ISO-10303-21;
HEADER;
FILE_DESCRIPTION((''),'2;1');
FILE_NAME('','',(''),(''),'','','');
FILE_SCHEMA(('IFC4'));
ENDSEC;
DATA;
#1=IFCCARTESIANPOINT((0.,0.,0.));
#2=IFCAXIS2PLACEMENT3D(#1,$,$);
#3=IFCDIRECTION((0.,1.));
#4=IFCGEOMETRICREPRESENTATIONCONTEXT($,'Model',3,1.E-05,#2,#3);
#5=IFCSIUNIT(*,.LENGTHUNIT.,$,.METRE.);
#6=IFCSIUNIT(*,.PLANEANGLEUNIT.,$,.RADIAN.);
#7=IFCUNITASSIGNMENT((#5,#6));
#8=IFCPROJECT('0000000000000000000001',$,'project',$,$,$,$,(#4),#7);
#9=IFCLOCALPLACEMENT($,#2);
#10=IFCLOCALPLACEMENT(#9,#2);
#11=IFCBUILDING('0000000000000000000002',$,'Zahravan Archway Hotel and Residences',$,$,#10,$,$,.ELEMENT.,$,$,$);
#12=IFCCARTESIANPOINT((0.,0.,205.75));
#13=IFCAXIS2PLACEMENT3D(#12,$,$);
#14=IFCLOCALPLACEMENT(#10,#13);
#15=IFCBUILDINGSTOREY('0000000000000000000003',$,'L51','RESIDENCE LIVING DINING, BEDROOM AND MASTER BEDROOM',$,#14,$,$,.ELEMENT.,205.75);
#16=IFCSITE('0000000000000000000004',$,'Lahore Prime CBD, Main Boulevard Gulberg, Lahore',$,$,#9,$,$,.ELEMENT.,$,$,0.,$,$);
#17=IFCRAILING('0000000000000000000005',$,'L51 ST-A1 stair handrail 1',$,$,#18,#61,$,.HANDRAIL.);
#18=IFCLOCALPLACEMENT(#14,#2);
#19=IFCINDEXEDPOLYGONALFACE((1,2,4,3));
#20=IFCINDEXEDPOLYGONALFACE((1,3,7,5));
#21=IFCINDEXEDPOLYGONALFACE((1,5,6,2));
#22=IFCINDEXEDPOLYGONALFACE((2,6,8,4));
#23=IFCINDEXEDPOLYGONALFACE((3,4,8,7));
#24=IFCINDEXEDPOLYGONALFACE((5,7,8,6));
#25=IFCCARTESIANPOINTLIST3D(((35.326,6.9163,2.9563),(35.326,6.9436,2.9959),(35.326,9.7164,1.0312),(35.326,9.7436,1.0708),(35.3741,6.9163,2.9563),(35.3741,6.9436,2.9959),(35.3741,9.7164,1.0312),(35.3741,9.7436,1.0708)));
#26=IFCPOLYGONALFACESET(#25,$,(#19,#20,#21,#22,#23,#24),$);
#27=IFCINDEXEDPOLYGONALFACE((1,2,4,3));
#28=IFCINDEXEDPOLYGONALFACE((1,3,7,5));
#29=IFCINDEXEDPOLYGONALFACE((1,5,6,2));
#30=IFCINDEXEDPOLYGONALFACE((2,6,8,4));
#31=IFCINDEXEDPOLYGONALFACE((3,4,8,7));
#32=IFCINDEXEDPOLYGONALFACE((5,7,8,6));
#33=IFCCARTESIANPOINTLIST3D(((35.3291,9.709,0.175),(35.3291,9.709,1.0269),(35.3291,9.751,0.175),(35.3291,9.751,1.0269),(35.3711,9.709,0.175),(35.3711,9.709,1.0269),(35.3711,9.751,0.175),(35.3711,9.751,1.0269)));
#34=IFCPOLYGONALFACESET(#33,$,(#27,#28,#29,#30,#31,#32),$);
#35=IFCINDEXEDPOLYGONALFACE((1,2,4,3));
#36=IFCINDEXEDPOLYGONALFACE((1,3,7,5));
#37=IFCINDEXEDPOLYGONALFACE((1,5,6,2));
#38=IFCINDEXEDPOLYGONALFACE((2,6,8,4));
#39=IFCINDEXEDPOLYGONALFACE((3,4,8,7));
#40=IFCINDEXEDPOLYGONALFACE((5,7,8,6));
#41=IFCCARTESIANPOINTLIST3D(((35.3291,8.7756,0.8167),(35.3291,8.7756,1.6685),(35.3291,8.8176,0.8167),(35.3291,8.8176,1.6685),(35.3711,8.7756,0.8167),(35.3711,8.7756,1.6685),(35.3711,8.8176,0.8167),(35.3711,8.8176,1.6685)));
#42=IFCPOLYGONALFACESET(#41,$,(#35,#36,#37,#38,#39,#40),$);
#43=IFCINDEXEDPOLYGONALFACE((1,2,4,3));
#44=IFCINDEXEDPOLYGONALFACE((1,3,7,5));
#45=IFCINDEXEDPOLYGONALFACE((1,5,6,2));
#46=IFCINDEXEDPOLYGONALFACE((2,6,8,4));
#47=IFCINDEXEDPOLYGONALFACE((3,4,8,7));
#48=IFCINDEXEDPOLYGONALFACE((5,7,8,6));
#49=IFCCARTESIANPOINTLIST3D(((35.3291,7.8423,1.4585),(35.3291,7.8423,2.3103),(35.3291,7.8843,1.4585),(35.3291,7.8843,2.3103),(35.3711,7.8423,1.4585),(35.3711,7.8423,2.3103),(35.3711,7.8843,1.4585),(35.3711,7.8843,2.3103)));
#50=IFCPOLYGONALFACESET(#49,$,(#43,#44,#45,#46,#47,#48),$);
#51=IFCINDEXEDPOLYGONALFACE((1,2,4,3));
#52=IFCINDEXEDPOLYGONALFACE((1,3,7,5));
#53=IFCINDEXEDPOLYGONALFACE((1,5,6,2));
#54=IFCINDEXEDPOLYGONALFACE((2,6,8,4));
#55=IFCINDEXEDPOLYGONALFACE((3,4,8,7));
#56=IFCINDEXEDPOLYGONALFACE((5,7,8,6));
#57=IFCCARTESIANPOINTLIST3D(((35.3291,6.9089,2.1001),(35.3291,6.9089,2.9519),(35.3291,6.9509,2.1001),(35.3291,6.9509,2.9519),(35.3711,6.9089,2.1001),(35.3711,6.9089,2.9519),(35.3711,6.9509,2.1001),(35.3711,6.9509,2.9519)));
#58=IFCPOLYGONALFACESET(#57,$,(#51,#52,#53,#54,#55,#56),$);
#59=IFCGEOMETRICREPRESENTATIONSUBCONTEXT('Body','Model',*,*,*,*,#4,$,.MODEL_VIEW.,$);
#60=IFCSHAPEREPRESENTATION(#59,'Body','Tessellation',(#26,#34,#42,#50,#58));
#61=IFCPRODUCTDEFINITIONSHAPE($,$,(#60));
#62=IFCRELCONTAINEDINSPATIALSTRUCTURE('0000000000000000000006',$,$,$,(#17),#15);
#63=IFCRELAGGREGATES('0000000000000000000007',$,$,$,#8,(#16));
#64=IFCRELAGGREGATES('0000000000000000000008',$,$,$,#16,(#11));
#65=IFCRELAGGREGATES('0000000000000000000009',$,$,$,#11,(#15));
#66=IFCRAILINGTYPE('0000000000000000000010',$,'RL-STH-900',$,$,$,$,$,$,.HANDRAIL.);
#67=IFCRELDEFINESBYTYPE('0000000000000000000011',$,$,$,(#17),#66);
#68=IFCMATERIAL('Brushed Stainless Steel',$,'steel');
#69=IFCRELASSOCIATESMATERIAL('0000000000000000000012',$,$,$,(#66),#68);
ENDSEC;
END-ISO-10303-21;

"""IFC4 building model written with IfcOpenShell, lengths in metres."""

from ifc_helpers import new_model, si_unit, direction, frame, origin, origin_2d, place, context, subcontext, project, spatial, rectangle, extrude, material, type_object, element, save


model = new_model("IFC4")

# Units and contexts
model_context = context("Model", 3, precision=1e-05, world=origin(), true_north=direction((0.0, 1.0)))
body_context = subcontext(model_context, "Body", "Model", "MODEL_VIEW")
ifc_project = project(units=[si_unit("LENGTHUNIT", "METRE"), si_unit("PLANEANGLEUNIT", "RADIAN")], contexts=[model_context])

# Site, building, storey
site_placement = place(None, origin())
site = spatial("IfcSite", under=ifc_project, at=site_placement, Name="Lahore Prime CBD, Main Boulevard Gulberg, Lahore", CompositionType="ELEMENT", RefElevation=0.0)
building_placement = place(site_placement, origin())
building = spatial("IfcBuilding", under=site, at=building_placement, Name="Zahravan Archway Hotel and Residences", CompositionType="ELEMENT")
storey_placement = place(building_placement, frame((0.0, 0.0, 205.75)))
storey = spatial("IfcBuildingStorey", under=building, at=storey_placement, Name="L51", Description="RESIDENCE LIVING DINING, BEDROOM AND MASTER BEDROOM", CompositionType="ELEMENT", Elevation=205.75)

# Railing
ifc_material_1 = material(Name="Brushed Stainless Steel", Category="steel")
railing_type_1 = type_object("IfcRailingType", Name="RL-STH-900", PredefinedType="HANDRAIL", material=ifc_material_1)
railing_1_placement = place(storey_placement, frame((35.3501, 9.73, 0.175)))
element("IfcRailing", 1, at=railing_1_placement, inside=storey, type_object=railing_type_1, Name="L51 ST-A1 stair handrail 1", PredefinedType="HANDRAIL", context=body_context, shape_type="SweptSolid", body=[
    extrude(rectangle(XDim=0.0481, YDim=0.0481, at=origin_2d()), frame((0.0, 0.0, 0.876), z_axis=(0.0, -0.82404, 0.566532), x_axis=(1.0, 0.0, 0.0)), (0.0, 0.0, 1.0), 3.3979),
    extrude(rectangle(XDim=0.042, YDim=0.042, at=origin_2d()), origin(), (0.0, 0.0, 1.0), 0.8518),
    extrude(rectangle(XDim=0.042, YDim=0.042, at=origin_2d()), frame((0.0, -0.9333, 0.6416)), (0.0, 0.0, 1.0), 0.8518),
    extrude(rectangle(XDim=0.042, YDim=0.042, at=origin_2d()), frame((0.0, -1.8667, 1.2834)), (0.0, 0.0, 1.0), 0.8518),
    extrude(rectangle(XDim=0.042, YDim=0.042, at=origin_2d()), frame((0.0, -2.8, 1.925)), (0.0, 0.0, 1.0), 0.8518),
])

save(model, "model.ifc")
